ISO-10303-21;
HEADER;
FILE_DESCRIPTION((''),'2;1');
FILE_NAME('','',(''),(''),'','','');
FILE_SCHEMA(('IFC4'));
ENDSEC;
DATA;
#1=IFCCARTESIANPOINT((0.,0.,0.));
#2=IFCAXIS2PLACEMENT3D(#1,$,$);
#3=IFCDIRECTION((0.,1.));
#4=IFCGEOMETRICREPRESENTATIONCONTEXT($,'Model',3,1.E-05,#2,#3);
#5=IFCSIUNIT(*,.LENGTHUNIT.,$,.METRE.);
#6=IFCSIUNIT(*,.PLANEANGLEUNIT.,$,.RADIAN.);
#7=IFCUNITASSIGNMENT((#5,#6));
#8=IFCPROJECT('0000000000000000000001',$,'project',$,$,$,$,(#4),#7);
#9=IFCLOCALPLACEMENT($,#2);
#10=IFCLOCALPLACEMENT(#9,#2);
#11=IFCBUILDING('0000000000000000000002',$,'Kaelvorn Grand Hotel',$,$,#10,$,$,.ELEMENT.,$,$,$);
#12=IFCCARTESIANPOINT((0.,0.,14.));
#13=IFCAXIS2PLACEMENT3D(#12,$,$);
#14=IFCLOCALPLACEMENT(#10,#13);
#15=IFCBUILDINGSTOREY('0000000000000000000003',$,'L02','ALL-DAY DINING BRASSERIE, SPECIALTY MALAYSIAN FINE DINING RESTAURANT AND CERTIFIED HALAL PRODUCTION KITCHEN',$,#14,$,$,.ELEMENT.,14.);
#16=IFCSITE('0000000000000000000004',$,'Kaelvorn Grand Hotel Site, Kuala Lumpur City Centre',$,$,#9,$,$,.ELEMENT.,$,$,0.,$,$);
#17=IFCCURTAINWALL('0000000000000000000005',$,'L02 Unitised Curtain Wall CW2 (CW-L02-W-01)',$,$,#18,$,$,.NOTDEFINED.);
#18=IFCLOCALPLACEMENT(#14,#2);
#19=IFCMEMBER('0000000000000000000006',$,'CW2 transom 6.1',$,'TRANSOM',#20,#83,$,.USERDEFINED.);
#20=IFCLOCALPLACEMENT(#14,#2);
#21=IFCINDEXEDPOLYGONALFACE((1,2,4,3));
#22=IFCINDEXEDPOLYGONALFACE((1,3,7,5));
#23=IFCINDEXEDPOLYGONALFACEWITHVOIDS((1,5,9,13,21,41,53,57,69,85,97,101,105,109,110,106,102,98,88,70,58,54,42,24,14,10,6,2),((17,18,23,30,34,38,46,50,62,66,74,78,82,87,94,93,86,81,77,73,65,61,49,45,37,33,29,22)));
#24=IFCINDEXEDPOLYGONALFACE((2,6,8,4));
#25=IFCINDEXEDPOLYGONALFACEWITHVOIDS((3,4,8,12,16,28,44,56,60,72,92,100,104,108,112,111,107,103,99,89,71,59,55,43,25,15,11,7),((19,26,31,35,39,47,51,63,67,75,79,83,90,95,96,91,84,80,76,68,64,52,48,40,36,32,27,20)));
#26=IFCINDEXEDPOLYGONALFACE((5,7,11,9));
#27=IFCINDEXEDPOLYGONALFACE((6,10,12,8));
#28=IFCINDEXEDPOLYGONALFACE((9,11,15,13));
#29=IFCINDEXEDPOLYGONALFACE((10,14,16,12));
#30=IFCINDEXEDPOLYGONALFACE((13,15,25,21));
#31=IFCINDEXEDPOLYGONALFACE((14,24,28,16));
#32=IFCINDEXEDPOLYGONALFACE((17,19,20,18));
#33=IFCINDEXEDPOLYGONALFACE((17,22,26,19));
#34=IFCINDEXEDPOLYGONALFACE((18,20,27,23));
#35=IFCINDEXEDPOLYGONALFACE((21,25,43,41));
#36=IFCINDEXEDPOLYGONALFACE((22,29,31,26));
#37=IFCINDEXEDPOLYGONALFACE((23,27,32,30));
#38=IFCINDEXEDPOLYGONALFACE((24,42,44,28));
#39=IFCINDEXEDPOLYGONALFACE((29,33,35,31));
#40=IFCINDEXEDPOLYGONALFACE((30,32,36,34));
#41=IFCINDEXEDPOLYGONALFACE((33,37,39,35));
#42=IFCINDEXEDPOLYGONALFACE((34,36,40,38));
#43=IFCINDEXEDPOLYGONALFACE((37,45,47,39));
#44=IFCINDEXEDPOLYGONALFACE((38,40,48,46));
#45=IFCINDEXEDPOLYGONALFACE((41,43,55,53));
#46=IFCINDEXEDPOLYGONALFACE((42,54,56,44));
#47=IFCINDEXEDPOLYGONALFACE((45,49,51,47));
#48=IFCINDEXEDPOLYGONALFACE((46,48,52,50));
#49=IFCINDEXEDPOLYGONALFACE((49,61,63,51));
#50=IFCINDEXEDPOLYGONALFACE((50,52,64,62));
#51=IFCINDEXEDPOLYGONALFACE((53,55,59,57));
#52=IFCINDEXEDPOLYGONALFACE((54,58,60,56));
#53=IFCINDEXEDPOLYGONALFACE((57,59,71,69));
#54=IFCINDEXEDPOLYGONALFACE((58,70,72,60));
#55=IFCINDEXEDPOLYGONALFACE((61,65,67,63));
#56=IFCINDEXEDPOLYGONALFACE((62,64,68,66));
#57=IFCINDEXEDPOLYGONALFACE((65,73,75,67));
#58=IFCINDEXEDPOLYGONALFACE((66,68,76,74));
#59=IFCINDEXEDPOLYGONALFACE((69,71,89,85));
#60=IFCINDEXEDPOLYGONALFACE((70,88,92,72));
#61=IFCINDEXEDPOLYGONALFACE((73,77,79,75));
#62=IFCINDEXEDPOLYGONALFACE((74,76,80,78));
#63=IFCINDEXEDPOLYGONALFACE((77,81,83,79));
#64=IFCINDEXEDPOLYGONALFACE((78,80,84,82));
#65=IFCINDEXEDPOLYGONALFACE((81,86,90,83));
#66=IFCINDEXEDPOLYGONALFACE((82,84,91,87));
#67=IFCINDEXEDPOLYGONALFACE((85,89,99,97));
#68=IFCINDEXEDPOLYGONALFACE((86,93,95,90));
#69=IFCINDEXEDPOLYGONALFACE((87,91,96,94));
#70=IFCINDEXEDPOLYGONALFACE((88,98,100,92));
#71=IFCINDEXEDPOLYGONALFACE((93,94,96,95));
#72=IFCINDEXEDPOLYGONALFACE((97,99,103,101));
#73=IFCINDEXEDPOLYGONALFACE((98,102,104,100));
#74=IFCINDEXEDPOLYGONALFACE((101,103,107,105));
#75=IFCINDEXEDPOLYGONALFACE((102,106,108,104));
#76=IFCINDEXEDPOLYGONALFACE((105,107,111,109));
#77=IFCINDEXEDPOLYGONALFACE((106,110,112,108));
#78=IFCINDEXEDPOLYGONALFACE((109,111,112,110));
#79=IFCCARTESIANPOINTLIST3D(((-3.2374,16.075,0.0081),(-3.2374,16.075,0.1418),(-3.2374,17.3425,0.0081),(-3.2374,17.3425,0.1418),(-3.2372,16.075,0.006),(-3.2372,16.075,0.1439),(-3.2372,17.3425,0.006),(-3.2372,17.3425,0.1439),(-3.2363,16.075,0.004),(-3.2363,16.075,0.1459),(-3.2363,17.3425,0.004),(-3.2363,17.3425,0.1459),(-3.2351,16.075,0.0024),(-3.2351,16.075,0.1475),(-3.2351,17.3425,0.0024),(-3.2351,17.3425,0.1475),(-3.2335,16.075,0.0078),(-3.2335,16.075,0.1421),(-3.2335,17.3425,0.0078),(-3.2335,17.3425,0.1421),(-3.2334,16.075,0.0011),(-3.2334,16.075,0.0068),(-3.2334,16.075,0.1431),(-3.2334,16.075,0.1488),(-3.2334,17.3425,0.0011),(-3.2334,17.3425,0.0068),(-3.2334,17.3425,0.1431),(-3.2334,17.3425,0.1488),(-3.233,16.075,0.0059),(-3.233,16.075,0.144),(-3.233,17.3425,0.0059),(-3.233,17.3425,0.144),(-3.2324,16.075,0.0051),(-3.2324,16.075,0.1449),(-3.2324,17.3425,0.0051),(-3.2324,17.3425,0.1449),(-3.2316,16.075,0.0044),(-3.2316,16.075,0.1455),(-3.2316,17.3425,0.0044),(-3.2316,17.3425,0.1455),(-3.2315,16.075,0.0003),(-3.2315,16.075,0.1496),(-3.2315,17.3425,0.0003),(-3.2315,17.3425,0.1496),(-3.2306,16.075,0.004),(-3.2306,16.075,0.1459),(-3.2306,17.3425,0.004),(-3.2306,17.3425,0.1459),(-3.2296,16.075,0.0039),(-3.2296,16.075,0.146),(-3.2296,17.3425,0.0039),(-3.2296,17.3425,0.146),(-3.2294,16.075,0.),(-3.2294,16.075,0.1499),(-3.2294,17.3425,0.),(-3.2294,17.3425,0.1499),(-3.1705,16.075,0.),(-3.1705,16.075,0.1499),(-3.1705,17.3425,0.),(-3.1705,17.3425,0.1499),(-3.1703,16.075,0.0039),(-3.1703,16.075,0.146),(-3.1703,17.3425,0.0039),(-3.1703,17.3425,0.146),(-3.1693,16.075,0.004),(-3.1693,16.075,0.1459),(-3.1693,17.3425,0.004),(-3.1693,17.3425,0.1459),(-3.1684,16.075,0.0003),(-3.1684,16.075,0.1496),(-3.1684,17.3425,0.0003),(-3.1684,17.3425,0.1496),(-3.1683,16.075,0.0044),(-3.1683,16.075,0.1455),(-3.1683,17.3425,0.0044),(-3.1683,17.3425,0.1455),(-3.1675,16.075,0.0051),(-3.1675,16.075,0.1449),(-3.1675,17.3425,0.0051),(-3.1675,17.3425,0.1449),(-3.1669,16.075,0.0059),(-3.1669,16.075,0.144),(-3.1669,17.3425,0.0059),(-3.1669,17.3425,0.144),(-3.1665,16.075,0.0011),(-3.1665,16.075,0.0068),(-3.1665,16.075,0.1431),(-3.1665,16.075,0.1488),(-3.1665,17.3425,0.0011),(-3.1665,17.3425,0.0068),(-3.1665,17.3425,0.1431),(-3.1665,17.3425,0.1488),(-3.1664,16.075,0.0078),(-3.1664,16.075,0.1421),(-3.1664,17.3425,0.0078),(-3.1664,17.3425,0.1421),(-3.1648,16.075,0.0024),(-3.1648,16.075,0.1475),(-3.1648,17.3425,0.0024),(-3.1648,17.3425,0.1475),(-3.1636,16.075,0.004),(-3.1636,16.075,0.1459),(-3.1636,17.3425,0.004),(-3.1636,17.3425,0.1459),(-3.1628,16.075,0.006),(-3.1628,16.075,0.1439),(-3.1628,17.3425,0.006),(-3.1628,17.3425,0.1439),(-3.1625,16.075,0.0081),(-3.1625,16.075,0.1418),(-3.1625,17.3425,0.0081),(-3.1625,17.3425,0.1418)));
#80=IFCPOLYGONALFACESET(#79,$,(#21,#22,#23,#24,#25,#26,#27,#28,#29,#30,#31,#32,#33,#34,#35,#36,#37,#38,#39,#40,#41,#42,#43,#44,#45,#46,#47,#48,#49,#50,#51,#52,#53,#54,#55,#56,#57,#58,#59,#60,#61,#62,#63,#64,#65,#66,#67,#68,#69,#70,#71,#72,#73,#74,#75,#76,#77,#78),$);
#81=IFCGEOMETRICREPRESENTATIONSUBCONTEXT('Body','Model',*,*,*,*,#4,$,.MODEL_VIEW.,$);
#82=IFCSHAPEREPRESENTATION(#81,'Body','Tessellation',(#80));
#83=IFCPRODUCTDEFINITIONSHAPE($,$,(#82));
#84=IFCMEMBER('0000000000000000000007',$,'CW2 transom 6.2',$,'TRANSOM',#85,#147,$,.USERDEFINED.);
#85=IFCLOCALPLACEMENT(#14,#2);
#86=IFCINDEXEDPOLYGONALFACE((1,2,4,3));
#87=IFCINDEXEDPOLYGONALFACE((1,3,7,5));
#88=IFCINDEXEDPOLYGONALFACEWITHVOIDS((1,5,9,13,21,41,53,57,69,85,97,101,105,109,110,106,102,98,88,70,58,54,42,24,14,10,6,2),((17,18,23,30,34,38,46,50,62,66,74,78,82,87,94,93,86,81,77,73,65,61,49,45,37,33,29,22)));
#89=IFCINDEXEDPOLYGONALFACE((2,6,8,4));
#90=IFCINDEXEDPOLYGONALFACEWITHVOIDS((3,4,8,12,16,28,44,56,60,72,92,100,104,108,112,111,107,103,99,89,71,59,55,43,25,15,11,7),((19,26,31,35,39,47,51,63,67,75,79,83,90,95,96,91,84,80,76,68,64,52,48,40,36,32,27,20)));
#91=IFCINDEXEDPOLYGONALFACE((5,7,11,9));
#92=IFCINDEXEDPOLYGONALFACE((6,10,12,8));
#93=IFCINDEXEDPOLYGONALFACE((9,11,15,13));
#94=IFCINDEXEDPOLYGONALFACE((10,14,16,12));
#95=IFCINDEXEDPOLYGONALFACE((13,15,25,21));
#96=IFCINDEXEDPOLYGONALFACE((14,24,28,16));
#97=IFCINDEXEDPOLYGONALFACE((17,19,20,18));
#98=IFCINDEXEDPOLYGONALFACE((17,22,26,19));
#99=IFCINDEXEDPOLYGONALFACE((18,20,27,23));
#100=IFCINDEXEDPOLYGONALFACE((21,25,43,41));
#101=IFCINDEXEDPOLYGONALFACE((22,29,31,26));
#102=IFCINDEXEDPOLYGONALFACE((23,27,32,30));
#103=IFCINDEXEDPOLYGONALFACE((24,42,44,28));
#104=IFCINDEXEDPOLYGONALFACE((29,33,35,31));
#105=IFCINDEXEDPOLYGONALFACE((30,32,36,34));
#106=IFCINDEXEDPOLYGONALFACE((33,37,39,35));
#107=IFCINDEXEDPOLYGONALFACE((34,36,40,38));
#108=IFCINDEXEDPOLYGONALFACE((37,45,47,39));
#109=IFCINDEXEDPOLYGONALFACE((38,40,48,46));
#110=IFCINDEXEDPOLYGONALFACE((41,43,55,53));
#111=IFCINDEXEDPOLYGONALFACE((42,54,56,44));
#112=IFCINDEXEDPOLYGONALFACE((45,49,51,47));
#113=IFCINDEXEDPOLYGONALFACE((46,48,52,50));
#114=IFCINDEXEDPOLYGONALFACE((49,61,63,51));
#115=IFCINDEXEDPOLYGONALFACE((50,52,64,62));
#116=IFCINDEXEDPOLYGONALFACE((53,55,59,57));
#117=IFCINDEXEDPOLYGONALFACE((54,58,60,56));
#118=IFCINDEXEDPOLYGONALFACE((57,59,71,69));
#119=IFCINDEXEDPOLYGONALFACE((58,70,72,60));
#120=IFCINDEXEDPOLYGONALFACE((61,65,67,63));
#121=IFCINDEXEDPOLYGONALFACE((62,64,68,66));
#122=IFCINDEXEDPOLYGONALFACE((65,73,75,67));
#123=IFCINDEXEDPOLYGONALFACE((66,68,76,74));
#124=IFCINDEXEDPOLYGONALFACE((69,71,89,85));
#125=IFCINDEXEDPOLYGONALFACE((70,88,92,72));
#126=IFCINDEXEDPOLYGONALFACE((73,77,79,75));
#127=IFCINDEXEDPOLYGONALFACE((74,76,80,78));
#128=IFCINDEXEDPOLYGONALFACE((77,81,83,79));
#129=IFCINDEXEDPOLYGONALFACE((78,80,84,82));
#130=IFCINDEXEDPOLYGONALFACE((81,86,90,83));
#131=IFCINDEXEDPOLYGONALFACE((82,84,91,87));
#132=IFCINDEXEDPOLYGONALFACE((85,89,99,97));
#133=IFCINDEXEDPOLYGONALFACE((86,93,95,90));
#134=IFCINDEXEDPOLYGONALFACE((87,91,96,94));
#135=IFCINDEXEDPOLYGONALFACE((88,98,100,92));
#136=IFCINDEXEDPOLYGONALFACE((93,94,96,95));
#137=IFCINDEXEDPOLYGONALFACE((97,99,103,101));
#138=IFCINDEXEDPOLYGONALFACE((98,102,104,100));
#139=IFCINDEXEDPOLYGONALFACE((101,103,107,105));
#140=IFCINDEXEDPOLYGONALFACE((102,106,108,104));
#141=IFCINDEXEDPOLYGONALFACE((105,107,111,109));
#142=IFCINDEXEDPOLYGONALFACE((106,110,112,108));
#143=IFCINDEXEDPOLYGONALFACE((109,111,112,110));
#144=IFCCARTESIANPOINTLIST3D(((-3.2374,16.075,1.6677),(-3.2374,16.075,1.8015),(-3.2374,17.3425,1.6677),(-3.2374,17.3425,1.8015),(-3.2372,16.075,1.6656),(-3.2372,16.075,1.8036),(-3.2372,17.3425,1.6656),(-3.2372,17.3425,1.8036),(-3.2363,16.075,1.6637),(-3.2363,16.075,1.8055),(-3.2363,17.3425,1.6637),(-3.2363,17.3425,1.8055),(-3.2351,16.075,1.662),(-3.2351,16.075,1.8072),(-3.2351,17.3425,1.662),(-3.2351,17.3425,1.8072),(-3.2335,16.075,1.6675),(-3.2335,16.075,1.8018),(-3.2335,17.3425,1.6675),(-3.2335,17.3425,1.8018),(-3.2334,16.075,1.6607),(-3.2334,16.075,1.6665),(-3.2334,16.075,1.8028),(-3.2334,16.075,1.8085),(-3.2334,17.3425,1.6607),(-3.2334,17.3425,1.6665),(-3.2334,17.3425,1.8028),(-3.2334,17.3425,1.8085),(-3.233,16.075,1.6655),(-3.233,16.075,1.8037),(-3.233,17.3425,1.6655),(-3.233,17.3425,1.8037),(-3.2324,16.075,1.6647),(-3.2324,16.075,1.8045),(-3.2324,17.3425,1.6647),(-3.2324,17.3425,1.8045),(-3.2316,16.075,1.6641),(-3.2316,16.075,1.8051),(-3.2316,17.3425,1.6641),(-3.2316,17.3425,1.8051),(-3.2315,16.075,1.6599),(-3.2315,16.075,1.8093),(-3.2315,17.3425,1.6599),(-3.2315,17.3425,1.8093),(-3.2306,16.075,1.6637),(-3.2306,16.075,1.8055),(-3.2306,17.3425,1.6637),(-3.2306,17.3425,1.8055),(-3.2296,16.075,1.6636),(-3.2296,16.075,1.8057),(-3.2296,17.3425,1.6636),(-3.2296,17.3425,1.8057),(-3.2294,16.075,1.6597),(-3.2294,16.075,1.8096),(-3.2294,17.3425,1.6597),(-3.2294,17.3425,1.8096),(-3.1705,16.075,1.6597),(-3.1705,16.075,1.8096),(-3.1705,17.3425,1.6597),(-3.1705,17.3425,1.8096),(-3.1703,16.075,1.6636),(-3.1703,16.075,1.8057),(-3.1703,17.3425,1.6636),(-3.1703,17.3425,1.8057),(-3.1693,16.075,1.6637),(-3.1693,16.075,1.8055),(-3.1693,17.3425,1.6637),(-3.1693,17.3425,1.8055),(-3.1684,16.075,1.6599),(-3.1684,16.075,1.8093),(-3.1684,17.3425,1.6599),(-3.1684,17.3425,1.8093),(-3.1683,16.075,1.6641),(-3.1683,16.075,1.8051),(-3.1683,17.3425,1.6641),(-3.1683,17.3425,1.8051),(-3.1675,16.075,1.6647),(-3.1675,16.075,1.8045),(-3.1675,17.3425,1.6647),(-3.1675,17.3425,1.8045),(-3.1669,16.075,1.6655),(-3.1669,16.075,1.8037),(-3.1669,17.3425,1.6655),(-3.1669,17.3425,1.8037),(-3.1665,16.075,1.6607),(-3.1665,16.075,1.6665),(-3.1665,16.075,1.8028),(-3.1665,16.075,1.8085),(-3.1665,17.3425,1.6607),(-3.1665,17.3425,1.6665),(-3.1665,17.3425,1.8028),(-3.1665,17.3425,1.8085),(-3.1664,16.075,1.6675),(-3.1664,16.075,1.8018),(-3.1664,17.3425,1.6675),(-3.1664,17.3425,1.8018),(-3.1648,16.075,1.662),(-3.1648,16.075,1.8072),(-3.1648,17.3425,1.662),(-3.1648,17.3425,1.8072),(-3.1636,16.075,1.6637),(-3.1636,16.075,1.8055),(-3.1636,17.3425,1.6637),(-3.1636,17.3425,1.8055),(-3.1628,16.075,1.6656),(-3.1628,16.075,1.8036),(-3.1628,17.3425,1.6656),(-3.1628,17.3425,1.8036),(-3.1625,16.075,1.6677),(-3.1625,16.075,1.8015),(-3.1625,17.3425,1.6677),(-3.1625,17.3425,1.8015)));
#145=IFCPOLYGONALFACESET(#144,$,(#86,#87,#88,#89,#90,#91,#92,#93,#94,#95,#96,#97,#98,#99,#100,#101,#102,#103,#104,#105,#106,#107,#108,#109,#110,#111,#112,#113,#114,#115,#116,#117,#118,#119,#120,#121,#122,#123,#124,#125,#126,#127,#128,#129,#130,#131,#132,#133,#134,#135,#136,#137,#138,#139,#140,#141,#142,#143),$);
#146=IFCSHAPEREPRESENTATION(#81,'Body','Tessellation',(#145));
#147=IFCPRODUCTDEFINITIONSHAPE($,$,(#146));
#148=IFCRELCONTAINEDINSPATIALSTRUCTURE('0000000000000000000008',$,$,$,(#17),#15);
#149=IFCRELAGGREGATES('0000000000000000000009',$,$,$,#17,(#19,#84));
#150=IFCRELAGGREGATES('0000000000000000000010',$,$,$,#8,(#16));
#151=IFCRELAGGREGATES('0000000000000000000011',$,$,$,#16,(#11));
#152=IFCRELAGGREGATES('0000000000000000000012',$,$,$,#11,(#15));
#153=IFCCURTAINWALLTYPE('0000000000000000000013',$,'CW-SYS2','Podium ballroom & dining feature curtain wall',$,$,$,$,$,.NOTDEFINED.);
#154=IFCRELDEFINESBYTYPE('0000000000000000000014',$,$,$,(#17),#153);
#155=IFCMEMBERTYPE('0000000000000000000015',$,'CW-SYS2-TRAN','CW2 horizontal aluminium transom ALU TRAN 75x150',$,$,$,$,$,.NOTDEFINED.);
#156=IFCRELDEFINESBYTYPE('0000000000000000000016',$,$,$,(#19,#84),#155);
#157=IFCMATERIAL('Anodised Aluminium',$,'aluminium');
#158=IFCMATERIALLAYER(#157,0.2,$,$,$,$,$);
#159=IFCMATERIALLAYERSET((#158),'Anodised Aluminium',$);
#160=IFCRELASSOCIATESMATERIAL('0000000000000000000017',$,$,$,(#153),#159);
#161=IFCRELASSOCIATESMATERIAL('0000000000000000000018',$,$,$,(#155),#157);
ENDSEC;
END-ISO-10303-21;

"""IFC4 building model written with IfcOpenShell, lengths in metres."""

from ifc_helpers import new_model, si_unit, direction, frame, origin, origin_2d, place, context, subcontext, project, spatial, hollow_rectangle, extrude, material, layer, layer_set, material_profile, profile_set, type_object, element, aggregate, save


model = new_model("IFC4")

# Units and contexts
model_context = context("Model", 3, precision=1e-05, world=origin(), true_north=direction((0.0, 1.0)))
body_context = subcontext(model_context, "Body", "Model", "MODEL_VIEW")
ifc_project = project(units=[si_unit("LENGTHUNIT", "METRE"), si_unit("PLANEANGLEUNIT", "RADIAN")], contexts=[model_context])

# Site, building, storey
site_placement = place(None, origin())
site = spatial("IfcSite", under=ifc_project, at=site_placement, Name="Kaelvorn Grand Hotel Site, Kuala Lumpur City Centre", CompositionType="ELEMENT", RefElevation=0.0)
building_placement = place(site_placement, origin())
building = spatial("IfcBuilding", under=site, at=building_placement, Name="Kaelvorn Grand Hotel", CompositionType="ELEMENT")
storey_placement = place(building_placement, frame((0.0, 0.0, 14.0)))
storey = spatial("IfcBuildingStorey", under=building, at=storey_placement, Name="L02", Description="ALL-DAY DINING BRASSERIE, SPECIALTY MALAYSIAN FINE DINING RESTAURANT AND CERTIFIED HALAL PRODUCTION KITCHEN", CompositionType="ELEMENT", Elevation=14.0)

# Curtain wall, members
ifc_material_1 = material(Name="Anodised Aluminium", Category="aluminium")
ifc_layer_1 = layer(ifc_material_1, 0.2)
ifc_layer_set_1 = layer_set([ifc_layer_1], Name="Anodised Aluminium")
curtain_wall_type = type_object("IfcCurtainWallType", Name="CW-SYS2", Description="Podium ballroom & dining feature curtain wall", PredefinedType="NOTDEFINED", material=ifc_layer_set_1)
curtain_wall_placement = place(storey_placement, origin())
curtain_wall = element("IfcCurtainWall", 1, at=curtain_wall_placement, inside=storey, type_object=curtain_wall_type, Name="L02 Unitised Curtain Wall CW2 (CW-L02-W-01)", PredefinedType="NOTDEFINED")
ifc_material_profile_1 = material_profile(ifc_material_1, hollow_rectangle(XDim=0.075, YDim=0.1499, WallThickness=0.0039, InnerFilletRadius=0.0039, OuterFilletRadius=0.0081, at=origin_2d()), Name="ALU TRAN 75x150")
ifc_profile_set_1 = profile_set([ifc_material_profile_1], Name="Anodised Aluminium")
member_type_1 = type_object("IfcMemberType", Name="CW-SYS2-TRAN", Description="CW2 horizontal aluminium transom ALU TRAN 75x150", PredefinedType="NOTDEFINED", material=ifc_profile_set_1)
member_1_placement = place(storey_placement, frame((-3.2, 17.3425, 0.075), z_axis=(0.0, -1.0, 0.0), x_axis=(1.0, 0.0, 0.0)))
member_1 = element("IfcMember", 2, at=member_1_placement, type_object=member_type_1, Name="CW2 transom 6.1", ObjectType="TRANSOM", PredefinedType="USERDEFINED", context=body_context, shape_type="SweptSolid", body=[
    extrude(hollow_rectangle(XDim=0.075, YDim=0.1499, WallThickness=0.0039, InnerFilletRadius=0.0039, OuterFilletRadius=0.0081, at=origin_2d()), origin(), (0.0, 0.0, 1.0), 1.2676),
])
member_2_placement = place(storey_placement, frame((-3.2, 17.3425, 1.7346), z_axis=(0.0, -1.0, 0.0), x_axis=(1.0, 0.0, 0.0)))
member_2 = element("IfcMember", 3, at=member_2_placement, type_object=member_type_1, Name="CW2 transom 6.2", ObjectType="TRANSOM", PredefinedType="USERDEFINED", context=body_context, shape_type="SweptSolid", body=[
    extrude(hollow_rectangle(XDim=0.075, YDim=0.1499, WallThickness=0.0039, InnerFilletRadius=0.0039, OuterFilletRadius=0.0081, at=origin_2d()), origin(), (0.0, 0.0, 1.0), 1.2676),
])
aggregate(curtain_wall, [member_1, member_2])

save(model, "model.ifc")
